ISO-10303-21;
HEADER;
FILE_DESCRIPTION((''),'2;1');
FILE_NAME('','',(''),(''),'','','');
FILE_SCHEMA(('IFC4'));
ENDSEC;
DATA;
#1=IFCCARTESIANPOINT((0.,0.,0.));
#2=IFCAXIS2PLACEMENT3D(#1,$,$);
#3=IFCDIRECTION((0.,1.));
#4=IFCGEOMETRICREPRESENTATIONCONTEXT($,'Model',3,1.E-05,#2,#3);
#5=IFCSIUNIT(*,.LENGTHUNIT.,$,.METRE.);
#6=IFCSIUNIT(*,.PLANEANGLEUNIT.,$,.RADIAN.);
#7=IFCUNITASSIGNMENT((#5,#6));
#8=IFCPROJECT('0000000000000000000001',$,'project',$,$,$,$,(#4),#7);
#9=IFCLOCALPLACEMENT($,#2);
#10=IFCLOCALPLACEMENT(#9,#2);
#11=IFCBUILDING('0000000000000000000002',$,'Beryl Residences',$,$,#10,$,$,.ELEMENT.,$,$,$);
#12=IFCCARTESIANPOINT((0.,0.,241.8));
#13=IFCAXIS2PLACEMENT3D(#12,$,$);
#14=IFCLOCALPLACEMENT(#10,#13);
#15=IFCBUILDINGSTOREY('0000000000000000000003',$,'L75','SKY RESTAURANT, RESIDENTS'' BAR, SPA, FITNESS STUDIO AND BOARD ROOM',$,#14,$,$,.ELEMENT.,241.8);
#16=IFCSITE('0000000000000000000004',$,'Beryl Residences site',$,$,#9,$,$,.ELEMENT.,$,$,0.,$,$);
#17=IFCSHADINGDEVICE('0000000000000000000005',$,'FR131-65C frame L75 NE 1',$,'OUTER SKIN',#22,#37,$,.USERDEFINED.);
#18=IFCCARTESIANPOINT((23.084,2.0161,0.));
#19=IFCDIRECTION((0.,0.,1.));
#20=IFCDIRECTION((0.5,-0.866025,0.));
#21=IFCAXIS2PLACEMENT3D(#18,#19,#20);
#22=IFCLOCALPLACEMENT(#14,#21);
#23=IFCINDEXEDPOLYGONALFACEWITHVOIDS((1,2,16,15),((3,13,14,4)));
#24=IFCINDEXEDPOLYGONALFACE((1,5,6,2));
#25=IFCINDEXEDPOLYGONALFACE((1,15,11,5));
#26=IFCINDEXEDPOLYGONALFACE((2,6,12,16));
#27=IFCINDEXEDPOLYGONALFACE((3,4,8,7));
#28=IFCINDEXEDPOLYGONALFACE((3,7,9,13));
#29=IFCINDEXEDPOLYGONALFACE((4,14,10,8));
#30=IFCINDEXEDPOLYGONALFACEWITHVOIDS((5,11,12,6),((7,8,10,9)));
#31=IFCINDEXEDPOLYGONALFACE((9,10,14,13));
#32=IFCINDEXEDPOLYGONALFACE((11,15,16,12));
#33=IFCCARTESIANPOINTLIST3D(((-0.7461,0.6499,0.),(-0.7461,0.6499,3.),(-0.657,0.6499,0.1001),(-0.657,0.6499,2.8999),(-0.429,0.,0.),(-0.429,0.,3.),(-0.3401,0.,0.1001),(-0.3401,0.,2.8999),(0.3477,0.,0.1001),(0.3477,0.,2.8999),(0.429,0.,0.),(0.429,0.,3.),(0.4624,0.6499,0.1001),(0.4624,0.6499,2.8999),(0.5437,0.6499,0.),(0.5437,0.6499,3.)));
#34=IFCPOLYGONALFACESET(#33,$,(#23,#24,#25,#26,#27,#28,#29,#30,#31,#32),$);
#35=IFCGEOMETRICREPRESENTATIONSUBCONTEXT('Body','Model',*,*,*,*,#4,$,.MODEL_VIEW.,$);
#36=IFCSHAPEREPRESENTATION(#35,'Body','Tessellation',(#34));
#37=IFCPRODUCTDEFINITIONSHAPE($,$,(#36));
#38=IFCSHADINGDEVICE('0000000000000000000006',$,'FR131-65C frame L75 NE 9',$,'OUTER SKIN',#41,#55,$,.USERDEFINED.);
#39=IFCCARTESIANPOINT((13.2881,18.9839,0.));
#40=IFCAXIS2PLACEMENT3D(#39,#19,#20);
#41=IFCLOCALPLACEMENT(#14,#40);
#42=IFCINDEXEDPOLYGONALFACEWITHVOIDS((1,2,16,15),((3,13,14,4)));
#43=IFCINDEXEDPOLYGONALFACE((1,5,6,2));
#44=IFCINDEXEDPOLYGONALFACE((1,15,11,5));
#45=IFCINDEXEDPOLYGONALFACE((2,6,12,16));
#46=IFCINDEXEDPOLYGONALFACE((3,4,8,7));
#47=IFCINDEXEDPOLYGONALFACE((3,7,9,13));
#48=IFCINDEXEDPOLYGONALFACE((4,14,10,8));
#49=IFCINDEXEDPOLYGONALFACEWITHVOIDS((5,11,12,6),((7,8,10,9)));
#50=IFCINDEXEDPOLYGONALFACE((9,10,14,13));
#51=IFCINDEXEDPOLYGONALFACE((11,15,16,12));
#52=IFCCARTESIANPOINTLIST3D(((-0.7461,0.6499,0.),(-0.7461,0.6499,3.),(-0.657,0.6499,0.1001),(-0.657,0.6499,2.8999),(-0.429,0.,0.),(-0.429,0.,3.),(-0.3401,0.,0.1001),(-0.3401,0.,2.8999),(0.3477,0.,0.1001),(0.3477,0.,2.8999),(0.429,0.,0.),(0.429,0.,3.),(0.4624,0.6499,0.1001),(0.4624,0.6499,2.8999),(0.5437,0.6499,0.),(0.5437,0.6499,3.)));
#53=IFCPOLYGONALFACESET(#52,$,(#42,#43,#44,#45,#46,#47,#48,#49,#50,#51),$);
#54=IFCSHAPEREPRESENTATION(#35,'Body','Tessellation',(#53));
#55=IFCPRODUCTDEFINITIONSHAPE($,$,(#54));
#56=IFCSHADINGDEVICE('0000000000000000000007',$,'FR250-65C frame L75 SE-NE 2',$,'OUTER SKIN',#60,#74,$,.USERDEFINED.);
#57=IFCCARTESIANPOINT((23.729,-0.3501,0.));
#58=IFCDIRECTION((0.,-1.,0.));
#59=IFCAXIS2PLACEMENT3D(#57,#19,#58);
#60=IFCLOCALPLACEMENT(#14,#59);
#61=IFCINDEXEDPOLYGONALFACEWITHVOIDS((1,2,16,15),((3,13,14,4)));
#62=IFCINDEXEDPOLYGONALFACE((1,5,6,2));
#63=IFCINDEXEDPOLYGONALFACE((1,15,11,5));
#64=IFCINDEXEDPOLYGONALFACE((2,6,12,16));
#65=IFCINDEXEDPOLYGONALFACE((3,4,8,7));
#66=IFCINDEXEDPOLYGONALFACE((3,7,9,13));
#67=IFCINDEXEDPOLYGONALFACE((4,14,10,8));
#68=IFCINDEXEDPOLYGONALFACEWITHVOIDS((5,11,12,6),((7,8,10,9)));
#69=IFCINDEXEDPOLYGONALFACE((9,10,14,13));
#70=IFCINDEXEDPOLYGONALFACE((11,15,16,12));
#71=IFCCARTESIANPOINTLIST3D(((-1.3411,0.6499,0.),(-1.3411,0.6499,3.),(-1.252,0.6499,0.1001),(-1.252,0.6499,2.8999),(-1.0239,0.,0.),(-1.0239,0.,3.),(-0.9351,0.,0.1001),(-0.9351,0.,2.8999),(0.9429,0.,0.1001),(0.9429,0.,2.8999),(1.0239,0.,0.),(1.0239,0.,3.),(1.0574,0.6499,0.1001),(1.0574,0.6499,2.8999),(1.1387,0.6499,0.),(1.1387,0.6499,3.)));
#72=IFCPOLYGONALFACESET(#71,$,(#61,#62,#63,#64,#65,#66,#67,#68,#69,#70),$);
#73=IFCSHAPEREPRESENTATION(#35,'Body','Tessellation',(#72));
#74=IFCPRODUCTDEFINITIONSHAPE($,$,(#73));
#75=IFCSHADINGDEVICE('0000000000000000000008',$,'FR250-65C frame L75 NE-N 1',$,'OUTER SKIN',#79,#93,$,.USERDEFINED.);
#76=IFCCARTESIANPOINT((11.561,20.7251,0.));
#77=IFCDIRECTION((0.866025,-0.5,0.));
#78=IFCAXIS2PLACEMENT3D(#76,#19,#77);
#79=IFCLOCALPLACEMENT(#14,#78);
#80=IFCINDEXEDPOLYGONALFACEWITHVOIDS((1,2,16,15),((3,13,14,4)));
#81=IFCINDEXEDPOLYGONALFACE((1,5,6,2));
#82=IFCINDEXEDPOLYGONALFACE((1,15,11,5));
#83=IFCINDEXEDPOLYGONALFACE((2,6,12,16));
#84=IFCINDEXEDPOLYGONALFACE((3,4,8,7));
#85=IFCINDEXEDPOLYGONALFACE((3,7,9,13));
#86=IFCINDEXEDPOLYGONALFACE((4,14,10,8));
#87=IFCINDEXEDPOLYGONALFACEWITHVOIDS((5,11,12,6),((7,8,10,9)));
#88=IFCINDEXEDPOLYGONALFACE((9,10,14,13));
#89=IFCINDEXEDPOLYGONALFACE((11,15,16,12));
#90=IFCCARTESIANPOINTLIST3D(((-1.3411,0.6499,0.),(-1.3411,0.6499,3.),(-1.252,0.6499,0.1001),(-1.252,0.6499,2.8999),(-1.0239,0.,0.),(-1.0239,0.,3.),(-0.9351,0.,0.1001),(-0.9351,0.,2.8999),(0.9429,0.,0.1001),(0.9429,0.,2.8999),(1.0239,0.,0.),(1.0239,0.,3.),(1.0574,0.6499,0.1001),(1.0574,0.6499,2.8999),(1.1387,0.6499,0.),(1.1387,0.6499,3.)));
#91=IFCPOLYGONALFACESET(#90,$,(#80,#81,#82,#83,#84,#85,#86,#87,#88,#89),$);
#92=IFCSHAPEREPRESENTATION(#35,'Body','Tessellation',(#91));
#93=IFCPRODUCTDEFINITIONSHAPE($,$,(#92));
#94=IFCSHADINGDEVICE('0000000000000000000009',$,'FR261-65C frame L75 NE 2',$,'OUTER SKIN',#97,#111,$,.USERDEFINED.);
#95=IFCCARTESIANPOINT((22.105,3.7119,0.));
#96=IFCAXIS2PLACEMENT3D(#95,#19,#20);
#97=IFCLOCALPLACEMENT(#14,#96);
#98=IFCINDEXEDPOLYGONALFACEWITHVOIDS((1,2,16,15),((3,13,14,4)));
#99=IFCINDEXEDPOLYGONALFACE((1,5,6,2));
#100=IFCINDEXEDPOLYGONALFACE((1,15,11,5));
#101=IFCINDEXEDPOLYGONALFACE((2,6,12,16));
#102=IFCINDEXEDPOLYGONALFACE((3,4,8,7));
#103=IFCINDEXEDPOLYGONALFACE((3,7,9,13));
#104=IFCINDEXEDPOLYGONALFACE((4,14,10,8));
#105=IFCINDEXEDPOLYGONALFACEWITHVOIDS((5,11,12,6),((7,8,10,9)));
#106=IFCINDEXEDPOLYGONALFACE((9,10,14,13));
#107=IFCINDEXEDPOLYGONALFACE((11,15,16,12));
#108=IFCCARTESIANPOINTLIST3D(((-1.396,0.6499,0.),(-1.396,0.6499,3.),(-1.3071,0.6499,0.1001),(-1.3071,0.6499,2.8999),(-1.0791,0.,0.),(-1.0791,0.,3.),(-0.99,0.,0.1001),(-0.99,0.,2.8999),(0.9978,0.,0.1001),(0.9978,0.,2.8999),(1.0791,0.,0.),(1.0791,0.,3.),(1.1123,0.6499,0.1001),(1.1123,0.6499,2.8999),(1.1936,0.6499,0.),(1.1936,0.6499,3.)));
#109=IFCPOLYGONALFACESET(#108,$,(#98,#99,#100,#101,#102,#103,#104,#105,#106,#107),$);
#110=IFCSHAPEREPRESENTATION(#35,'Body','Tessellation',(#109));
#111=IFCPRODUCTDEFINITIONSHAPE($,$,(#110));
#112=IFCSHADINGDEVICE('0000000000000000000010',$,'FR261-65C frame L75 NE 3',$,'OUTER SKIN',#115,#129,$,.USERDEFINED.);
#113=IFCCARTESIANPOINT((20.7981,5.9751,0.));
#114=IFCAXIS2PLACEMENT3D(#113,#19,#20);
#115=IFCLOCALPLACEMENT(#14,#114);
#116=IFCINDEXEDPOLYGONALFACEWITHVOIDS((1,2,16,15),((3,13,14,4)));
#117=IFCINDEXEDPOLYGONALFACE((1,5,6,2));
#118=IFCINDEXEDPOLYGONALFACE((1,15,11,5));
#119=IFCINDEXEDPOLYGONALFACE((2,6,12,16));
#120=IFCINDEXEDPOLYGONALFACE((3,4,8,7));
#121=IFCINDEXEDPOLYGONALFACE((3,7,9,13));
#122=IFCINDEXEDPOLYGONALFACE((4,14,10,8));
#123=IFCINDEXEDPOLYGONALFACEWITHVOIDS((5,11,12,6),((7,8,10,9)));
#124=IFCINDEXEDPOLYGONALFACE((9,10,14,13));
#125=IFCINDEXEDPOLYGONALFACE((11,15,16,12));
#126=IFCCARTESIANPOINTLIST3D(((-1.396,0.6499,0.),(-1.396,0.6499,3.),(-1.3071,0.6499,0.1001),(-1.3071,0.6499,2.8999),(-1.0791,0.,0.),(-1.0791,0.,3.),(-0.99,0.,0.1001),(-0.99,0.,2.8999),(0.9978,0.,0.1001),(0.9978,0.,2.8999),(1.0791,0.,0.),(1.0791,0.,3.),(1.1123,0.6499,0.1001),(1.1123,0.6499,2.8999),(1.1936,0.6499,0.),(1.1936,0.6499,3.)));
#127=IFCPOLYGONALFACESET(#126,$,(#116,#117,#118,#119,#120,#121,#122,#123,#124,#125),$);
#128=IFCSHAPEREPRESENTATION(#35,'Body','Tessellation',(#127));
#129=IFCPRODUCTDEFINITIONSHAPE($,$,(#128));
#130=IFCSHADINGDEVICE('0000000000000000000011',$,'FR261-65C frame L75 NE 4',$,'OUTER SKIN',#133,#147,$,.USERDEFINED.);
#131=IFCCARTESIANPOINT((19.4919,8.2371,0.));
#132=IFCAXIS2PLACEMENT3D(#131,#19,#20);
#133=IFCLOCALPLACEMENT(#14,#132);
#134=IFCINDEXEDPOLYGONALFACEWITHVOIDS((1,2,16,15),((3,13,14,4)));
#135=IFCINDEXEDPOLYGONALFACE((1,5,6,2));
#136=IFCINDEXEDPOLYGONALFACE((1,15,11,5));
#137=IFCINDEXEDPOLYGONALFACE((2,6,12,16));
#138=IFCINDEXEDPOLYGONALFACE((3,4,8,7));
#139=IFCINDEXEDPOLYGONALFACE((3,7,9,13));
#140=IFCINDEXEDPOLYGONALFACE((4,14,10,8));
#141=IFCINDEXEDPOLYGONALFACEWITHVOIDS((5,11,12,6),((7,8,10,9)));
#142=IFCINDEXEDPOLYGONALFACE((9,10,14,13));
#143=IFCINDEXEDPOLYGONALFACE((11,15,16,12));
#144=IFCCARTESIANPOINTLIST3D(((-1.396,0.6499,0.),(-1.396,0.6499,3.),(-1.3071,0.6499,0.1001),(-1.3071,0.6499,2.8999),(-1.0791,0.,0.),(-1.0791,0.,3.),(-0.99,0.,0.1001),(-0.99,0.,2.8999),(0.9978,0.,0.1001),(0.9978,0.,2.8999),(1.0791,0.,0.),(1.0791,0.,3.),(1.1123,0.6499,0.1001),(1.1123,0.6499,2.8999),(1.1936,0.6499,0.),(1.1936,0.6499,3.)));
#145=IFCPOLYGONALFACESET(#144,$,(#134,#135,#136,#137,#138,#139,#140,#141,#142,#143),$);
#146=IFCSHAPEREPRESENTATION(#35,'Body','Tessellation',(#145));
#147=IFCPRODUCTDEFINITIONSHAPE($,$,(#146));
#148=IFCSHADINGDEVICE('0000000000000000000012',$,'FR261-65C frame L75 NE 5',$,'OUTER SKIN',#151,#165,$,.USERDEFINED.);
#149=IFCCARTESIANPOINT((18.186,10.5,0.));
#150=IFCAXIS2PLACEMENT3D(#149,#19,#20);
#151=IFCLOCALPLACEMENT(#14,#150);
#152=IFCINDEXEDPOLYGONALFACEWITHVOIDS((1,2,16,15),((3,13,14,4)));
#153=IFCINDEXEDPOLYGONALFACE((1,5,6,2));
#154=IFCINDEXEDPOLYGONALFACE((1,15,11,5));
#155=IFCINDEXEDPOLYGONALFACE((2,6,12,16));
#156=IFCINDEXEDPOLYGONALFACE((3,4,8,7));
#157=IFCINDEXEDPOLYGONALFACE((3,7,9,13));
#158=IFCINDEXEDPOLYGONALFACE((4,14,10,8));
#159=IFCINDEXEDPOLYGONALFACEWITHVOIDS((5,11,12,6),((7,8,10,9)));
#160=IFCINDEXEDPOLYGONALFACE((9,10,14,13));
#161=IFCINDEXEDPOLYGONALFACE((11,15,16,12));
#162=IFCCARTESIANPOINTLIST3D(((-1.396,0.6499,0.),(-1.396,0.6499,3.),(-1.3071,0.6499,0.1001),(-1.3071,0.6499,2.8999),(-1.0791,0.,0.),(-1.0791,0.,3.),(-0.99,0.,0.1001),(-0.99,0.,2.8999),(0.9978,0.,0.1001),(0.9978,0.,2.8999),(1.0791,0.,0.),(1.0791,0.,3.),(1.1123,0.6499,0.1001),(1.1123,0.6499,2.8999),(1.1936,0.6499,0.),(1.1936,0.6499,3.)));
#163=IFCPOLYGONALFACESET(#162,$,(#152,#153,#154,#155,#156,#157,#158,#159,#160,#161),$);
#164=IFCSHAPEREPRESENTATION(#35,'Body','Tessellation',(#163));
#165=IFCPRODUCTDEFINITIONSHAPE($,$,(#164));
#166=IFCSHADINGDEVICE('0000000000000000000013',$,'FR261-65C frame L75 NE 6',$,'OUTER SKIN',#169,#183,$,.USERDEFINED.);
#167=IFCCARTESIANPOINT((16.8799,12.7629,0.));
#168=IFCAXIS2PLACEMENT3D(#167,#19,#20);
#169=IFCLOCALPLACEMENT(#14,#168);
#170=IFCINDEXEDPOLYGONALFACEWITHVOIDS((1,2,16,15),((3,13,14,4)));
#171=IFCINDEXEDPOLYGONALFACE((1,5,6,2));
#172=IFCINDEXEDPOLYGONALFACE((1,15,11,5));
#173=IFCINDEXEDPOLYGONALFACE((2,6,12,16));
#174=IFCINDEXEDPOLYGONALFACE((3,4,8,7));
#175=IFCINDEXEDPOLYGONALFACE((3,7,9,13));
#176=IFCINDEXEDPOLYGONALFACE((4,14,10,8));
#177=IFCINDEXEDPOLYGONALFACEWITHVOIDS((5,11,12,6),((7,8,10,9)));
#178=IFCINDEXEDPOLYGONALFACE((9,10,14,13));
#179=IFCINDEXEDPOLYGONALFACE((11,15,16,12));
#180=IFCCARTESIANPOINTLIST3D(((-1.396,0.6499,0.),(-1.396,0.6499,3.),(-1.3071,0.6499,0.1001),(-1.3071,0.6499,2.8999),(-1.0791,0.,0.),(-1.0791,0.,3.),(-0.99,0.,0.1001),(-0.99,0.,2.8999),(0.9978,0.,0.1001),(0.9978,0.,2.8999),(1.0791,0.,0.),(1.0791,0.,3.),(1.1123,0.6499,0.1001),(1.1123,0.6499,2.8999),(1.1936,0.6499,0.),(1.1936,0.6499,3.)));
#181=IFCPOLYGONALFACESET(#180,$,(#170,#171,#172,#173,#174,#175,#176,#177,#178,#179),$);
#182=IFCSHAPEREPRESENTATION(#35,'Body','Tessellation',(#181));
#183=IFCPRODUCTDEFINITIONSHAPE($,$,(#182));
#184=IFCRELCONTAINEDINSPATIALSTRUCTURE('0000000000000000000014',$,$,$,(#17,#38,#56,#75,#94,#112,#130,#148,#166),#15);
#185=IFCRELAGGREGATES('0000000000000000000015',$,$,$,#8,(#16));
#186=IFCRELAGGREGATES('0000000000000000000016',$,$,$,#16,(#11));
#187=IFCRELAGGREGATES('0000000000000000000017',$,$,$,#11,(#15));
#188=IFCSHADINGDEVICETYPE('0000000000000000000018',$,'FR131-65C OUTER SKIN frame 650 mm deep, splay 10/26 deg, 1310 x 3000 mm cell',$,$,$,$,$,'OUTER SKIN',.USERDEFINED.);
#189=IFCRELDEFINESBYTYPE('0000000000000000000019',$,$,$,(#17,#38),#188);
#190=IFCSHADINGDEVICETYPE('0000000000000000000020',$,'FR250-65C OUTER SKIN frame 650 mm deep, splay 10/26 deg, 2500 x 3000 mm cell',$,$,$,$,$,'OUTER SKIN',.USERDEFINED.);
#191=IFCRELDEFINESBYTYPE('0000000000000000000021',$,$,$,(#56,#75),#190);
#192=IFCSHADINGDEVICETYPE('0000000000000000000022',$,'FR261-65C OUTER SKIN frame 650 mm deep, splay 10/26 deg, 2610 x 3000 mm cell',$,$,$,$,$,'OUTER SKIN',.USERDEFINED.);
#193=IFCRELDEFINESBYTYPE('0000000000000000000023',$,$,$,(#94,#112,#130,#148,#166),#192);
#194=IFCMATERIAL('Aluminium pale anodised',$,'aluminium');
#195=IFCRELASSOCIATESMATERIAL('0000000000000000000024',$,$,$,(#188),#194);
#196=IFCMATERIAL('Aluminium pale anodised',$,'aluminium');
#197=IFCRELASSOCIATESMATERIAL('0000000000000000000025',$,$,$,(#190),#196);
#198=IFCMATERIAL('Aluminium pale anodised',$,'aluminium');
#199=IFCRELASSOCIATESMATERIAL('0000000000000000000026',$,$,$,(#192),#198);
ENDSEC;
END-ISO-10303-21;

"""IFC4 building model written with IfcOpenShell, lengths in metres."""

from ifc_helpers import new_model, entity, si_unit, direction, frame, origin, place, context, subcontext, project, spatial, source, transform, mapped, material, type_object, type_shapes, element, save


model = new_model("IFC4")

# Units and contexts
model_context = context("Model", 3, precision=1e-05, world=origin(), true_north=direction((0.0, 1.0)))
body_context = subcontext(model_context, "Body", "Model", "MODEL_VIEW")
ifc_project = project(units=[si_unit("LENGTHUNIT", "METRE"), si_unit("PLANEANGLEUNIT", "RADIAN")], contexts=[model_context])

# Site, building, storey
site_placement = place(None, origin())
site = spatial("IfcSite", under=ifc_project, at=site_placement, Name="Beryl Residences site", CompositionType="ELEMENT", RefElevation=0.0)
building_placement = place(site_placement, origin())
building = spatial("IfcBuilding", under=site, at=building_placement, Name="Beryl Residences", CompositionType="ELEMENT")
storey_placement = place(building_placement, frame((0.0, 0.0, 241.8)))
storey = spatial("IfcBuildingStorey", under=building, at=storey_placement, Name="L75", Description="SKY RESTAURANT, RESIDENTS' BAR, SPA, FITNESS STUDIO AND BOARD ROOM", CompositionType="ELEMENT", Elevation=241.8)

# Shading devices
ifc_material_1 = material(Name="Aluminium pale anodised", Category="aluminium")
shading_device_type_1 = type_object("IfcShadingDeviceType", Name="FR131-65C OUTER SKIN frame 650 mm deep, splay 10/26 deg, 1310 x 3000 mm cell", ElementType="OUTER SKIN", PredefinedType="USERDEFINED", material=ifc_material_1)
cartesian_point_1 = entity("IfcCartesianPoint", [-0.429, 0.0])
cartesian_point_2 = entity("IfcCartesianPoint", [-0.3477, 0.1001])
cartesian_point_3 = entity("IfcCartesianPoint", [-0.5437, 0.0])
cartesian_point_4 = entity("IfcCartesianPoint", [-0.4624, 0.1001])
shared_shape_1 = source(origin(), body_context, "Body", "SweptSolid", [
    entity("IfcExtrudedAreaSolidTapered", entity("IfcArbitraryProfileDefWithVoids", "AREA", None, entity("IfcPolyline", [cartesian_point_1, entity("IfcCartesianPoint", [0.429, 0.0]), entity("IfcCartesianPoint", [0.429, 3.0]), entity("IfcCartesianPoint", [-0.429, 3.0]), cartesian_point_1]), [entity("IfcPolyline", [cartesian_point_2, entity("IfcCartesianPoint", [0.3401, 0.1001]), entity("IfcCartesianPoint", [0.3401, 2.8999]), entity("IfcCartesianPoint", [-0.3477, 2.8999]), cartesian_point_2])]), entity("IfcAxis2Placement3D", entity("IfcCartesianPoint", [0.0, 0.0, 0.0]), entity("IfcDirection", [0.0, 1.0, 0.0]), entity("IfcDirection", [-1.0, 0.0, 0.0])), entity("IfcDirection", [0.0, 0.0, 1.0]), 0.6499, entity("IfcArbitraryProfileDefWithVoids", "AREA", None, entity("IfcPolyline", [cartesian_point_3, entity("IfcCartesianPoint", [0.7461, 0.0]), entity("IfcCartesianPoint", [0.7461, 3.0]), entity("IfcCartesianPoint", [-0.5437, 3.0]), cartesian_point_3]), [entity("IfcPolyline", [cartesian_point_4, entity("IfcCartesianPoint", [0.657, 0.1001]), entity("IfcCartesianPoint", [0.657, 2.8999]), entity("IfcCartesianPoint", [-0.4624, 2.8999]), cartesian_point_4])])),
])
type_shapes(shading_device_type_1, [shared_shape_1])
for number, where, z_axis, x_axis, name in (
    (1, (23.084, 2.0161, 0.0), (0.0, 0.0, 1.0), (0.5, -0.866025, 0.0), "FR131-65C frame L75 NE 1"),
    (2, (13.2881, 18.9839, 0.0), (0.0, 0.0, 1.0), (0.5, -0.866025, 0.0), "FR131-65C frame L75 NE 9"),
):
    element("IfcShadingDevice", number, at=place(storey_placement, frame(where, z_axis=z_axis, x_axis=x_axis)), inside=storey, type_object=shading_device_type_1, Name=name, ObjectType="OUTER SKIN", PredefinedType="USERDEFINED", context=body_context, shape_type="MappedRepresentation", body=[
        mapped(shared_shape_1, transform((0.0, 0.0, 0.0))),
    ])
ifc_material_2 = material(Name="Aluminium pale anodised", Category="aluminium")
shading_device_type_2 = type_object("IfcShadingDeviceType", Name="FR250-65C OUTER SKIN frame 650 mm deep, splay 10/26 deg, 2500 x 3000 mm cell", ElementType="OUTER SKIN", PredefinedType="USERDEFINED", material=ifc_material_2)
cartesian_point_5 = entity("IfcCartesianPoint", [-1.0239, 0.0])
cartesian_point_6 = entity("IfcCartesianPoint", [-0.9429, 0.1001])
cartesian_point_7 = entity("IfcCartesianPoint", [-1.1387, 0.0])
cartesian_point_8 = entity("IfcCartesianPoint", [-1.0574, 0.1001])
shared_shape_2 = source(origin(), body_context, "Body", "SweptSolid", [
    entity("IfcExtrudedAreaSolidTapered", entity("IfcArbitraryProfileDefWithVoids", "AREA", None, entity("IfcPolyline", [cartesian_point_5, entity("IfcCartesianPoint", [1.0239, 0.0]), entity("IfcCartesianPoint", [1.0239, 3.0]), entity("IfcCartesianPoint", [-1.0239, 3.0]), cartesian_point_5]), [entity("IfcPolyline", [cartesian_point_6, entity("IfcCartesianPoint", [0.9351, 0.1001]), entity("IfcCartesianPoint", [0.9351, 2.8999]), entity("IfcCartesianPoint", [-0.9429, 2.8999]), cartesian_point_6])]), entity("IfcAxis2Placement3D", entity("IfcCartesianPoint", [0.0, 0.0, 0.0]), entity("IfcDirection", [0.0, 1.0, 0.0]), entity("IfcDirection", [-1.0, 0.0, 0.0])), entity("IfcDirection", [0.0, 0.0, 1.0]), 0.6499, entity("IfcArbitraryProfileDefWithVoids", "AREA", None, entity("IfcPolyline", [cartesian_point_7, entity("IfcCartesianPoint", [1.3411, 0.0]), entity("IfcCartesianPoint", [1.3411, 3.0]), entity("IfcCartesianPoint", [-1.1387, 3.0]), cartesian_point_7]), [entity("IfcPolyline", [cartesian_point_8, entity("IfcCartesianPoint", [1.252, 0.1001]), entity("IfcCartesianPoint", [1.252, 2.8999]), entity("IfcCartesianPoint", [-1.0574, 2.8999]), cartesian_point_8])])),
])
type_shapes(shading_device_type_2, [shared_shape_2])
for number, where, z_axis, x_axis, name in (
    (3, (23.729, -0.3501, 0.0), (0.0, 0.0, 1.0), (0.0, -1.0, 0.0), "FR250-65C frame L75 SE-NE 2"),
    (4, (11.561, 20.7251, 0.0), (0.0, 0.0, 1.0), (0.866025, -0.5, 0.0), "FR250-65C frame L75 NE-N 1"),
):
    element("IfcShadingDevice", number, at=place(storey_placement, frame(where, z_axis=z_axis, x_axis=x_axis)), inside=storey, type_object=shading_device_type_2, Name=name, ObjectType="OUTER SKIN", PredefinedType="USERDEFINED", context=body_context, shape_type="MappedRepresentation", body=[
        mapped(shared_shape_2, transform((0.0, 0.0, 0.0))),
    ])
ifc_material_3 = material(Name="Aluminium pale anodised", Category="aluminium")
shading_device_type_3 = type_object("IfcShadingDeviceType", Name="FR261-65C OUTER SKIN frame 650 mm deep, splay 10/26 deg, 2610 x 3000 mm cell", ElementType="OUTER SKIN", PredefinedType="USERDEFINED", material=ifc_material_3)
cartesian_point_9 = entity("IfcCartesianPoint", [-1.0791, 0.0])
cartesian_point_10 = entity("IfcCartesianPoint", [-0.9978, 0.1001])
cartesian_point_11 = entity("IfcCartesianPoint", [-1.1936, 0.0])
cartesian_point_12 = entity("IfcCartesianPoint", [-1.1123, 0.1001])
shared_shape_3 = source(origin(), body_context, "Body", "SweptSolid", [
    entity("IfcExtrudedAreaSolidTapered", entity("IfcArbitraryProfileDefWithVoids", "AREA", None, entity("IfcPolyline", [cartesian_point_9, entity("IfcCartesianPoint", [1.0791, 0.0]), entity("IfcCartesianPoint", [1.0791, 3.0]), entity("IfcCartesianPoint", [-1.0791, 3.0]), cartesian_point_9]), [entity("IfcPolyline", [cartesian_point_10, entity("IfcCartesianPoint", [0.99, 0.1001]), entity("IfcCartesianPoint", [0.99, 2.8999]), entity("IfcCartesianPoint", [-0.9978, 2.8999]), cartesian_point_10])]), entity("IfcAxis2Placement3D", entity("IfcCartesianPoint", [0.0, 0.0, 0.0]), entity("IfcDirection", [0.0, 1.0, 0.0]), entity("IfcDirection", [-1.0, 0.0, 0.0])), entity("IfcDirection", [0.0, 0.0, 1.0]), 0.6499, entity("IfcArbitraryProfileDefWithVoids", "AREA", None, entity("IfcPolyline", [cartesian_point_11, entity("IfcCartesianPoint", [1.396, 0.0]), entity("IfcCartesianPoint", [1.396, 3.0]), entity("IfcCartesianPoint", [-1.1936, 3.0]), cartesian_point_11]), [entity("IfcPolyline", [cartesian_point_12, entity("IfcCartesianPoint", [1.3071, 0.1001]), entity("IfcCartesianPoint", [1.3071, 2.8999]), entity("IfcCartesianPoint", [-1.1123, 2.8999]), cartesian_point_12])])),
])
type_shapes(shading_device_type_3, [shared_shape_3])
for number, where, z_axis, x_axis, name in (
    (5, (22.105, 3.7119, 0.0), (0.0, 0.0, 1.0), (0.5, -0.866025, 0.0), "FR261-65C frame L75 NE 2"),
    (6, (20.7981, 5.9751, 0.0), (0.0, 0.0, 1.0), (0.5, -0.866025, 0.0), "FR261-65C frame L75 NE 3"),
    (7, (19.4919, 8.2371, 0.0), (0.0, 0.0, 1.0), (0.5, -0.866025, 0.0), "FR261-65C frame L75 NE 4"),
    (8, (18.186, 10.5, 0.0), (0.0, 0.0, 1.0), (0.5, -0.866025, 0.0), "FR261-65C frame L75 NE 5"),
    (9, (16.8799, 12.7629, 0.0), (0.0, 0.0, 1.0), (0.5, -0.866025, 0.0), "FR261-65C frame L75 NE 6"),
):
    element("IfcShadingDevice", number, at=place(storey_placement, frame(where, z_axis=z_axis, x_axis=x_axis)), inside=storey, type_object=shading_device_type_3, Name=name, ObjectType="OUTER SKIN", PredefinedType="USERDEFINED", context=body_context, shape_type="MappedRepresentation", body=[
        mapped(shared_shape_3, transform((0.0, 0.0, 0.0))),
    ])

save(model, "model.ifc")
